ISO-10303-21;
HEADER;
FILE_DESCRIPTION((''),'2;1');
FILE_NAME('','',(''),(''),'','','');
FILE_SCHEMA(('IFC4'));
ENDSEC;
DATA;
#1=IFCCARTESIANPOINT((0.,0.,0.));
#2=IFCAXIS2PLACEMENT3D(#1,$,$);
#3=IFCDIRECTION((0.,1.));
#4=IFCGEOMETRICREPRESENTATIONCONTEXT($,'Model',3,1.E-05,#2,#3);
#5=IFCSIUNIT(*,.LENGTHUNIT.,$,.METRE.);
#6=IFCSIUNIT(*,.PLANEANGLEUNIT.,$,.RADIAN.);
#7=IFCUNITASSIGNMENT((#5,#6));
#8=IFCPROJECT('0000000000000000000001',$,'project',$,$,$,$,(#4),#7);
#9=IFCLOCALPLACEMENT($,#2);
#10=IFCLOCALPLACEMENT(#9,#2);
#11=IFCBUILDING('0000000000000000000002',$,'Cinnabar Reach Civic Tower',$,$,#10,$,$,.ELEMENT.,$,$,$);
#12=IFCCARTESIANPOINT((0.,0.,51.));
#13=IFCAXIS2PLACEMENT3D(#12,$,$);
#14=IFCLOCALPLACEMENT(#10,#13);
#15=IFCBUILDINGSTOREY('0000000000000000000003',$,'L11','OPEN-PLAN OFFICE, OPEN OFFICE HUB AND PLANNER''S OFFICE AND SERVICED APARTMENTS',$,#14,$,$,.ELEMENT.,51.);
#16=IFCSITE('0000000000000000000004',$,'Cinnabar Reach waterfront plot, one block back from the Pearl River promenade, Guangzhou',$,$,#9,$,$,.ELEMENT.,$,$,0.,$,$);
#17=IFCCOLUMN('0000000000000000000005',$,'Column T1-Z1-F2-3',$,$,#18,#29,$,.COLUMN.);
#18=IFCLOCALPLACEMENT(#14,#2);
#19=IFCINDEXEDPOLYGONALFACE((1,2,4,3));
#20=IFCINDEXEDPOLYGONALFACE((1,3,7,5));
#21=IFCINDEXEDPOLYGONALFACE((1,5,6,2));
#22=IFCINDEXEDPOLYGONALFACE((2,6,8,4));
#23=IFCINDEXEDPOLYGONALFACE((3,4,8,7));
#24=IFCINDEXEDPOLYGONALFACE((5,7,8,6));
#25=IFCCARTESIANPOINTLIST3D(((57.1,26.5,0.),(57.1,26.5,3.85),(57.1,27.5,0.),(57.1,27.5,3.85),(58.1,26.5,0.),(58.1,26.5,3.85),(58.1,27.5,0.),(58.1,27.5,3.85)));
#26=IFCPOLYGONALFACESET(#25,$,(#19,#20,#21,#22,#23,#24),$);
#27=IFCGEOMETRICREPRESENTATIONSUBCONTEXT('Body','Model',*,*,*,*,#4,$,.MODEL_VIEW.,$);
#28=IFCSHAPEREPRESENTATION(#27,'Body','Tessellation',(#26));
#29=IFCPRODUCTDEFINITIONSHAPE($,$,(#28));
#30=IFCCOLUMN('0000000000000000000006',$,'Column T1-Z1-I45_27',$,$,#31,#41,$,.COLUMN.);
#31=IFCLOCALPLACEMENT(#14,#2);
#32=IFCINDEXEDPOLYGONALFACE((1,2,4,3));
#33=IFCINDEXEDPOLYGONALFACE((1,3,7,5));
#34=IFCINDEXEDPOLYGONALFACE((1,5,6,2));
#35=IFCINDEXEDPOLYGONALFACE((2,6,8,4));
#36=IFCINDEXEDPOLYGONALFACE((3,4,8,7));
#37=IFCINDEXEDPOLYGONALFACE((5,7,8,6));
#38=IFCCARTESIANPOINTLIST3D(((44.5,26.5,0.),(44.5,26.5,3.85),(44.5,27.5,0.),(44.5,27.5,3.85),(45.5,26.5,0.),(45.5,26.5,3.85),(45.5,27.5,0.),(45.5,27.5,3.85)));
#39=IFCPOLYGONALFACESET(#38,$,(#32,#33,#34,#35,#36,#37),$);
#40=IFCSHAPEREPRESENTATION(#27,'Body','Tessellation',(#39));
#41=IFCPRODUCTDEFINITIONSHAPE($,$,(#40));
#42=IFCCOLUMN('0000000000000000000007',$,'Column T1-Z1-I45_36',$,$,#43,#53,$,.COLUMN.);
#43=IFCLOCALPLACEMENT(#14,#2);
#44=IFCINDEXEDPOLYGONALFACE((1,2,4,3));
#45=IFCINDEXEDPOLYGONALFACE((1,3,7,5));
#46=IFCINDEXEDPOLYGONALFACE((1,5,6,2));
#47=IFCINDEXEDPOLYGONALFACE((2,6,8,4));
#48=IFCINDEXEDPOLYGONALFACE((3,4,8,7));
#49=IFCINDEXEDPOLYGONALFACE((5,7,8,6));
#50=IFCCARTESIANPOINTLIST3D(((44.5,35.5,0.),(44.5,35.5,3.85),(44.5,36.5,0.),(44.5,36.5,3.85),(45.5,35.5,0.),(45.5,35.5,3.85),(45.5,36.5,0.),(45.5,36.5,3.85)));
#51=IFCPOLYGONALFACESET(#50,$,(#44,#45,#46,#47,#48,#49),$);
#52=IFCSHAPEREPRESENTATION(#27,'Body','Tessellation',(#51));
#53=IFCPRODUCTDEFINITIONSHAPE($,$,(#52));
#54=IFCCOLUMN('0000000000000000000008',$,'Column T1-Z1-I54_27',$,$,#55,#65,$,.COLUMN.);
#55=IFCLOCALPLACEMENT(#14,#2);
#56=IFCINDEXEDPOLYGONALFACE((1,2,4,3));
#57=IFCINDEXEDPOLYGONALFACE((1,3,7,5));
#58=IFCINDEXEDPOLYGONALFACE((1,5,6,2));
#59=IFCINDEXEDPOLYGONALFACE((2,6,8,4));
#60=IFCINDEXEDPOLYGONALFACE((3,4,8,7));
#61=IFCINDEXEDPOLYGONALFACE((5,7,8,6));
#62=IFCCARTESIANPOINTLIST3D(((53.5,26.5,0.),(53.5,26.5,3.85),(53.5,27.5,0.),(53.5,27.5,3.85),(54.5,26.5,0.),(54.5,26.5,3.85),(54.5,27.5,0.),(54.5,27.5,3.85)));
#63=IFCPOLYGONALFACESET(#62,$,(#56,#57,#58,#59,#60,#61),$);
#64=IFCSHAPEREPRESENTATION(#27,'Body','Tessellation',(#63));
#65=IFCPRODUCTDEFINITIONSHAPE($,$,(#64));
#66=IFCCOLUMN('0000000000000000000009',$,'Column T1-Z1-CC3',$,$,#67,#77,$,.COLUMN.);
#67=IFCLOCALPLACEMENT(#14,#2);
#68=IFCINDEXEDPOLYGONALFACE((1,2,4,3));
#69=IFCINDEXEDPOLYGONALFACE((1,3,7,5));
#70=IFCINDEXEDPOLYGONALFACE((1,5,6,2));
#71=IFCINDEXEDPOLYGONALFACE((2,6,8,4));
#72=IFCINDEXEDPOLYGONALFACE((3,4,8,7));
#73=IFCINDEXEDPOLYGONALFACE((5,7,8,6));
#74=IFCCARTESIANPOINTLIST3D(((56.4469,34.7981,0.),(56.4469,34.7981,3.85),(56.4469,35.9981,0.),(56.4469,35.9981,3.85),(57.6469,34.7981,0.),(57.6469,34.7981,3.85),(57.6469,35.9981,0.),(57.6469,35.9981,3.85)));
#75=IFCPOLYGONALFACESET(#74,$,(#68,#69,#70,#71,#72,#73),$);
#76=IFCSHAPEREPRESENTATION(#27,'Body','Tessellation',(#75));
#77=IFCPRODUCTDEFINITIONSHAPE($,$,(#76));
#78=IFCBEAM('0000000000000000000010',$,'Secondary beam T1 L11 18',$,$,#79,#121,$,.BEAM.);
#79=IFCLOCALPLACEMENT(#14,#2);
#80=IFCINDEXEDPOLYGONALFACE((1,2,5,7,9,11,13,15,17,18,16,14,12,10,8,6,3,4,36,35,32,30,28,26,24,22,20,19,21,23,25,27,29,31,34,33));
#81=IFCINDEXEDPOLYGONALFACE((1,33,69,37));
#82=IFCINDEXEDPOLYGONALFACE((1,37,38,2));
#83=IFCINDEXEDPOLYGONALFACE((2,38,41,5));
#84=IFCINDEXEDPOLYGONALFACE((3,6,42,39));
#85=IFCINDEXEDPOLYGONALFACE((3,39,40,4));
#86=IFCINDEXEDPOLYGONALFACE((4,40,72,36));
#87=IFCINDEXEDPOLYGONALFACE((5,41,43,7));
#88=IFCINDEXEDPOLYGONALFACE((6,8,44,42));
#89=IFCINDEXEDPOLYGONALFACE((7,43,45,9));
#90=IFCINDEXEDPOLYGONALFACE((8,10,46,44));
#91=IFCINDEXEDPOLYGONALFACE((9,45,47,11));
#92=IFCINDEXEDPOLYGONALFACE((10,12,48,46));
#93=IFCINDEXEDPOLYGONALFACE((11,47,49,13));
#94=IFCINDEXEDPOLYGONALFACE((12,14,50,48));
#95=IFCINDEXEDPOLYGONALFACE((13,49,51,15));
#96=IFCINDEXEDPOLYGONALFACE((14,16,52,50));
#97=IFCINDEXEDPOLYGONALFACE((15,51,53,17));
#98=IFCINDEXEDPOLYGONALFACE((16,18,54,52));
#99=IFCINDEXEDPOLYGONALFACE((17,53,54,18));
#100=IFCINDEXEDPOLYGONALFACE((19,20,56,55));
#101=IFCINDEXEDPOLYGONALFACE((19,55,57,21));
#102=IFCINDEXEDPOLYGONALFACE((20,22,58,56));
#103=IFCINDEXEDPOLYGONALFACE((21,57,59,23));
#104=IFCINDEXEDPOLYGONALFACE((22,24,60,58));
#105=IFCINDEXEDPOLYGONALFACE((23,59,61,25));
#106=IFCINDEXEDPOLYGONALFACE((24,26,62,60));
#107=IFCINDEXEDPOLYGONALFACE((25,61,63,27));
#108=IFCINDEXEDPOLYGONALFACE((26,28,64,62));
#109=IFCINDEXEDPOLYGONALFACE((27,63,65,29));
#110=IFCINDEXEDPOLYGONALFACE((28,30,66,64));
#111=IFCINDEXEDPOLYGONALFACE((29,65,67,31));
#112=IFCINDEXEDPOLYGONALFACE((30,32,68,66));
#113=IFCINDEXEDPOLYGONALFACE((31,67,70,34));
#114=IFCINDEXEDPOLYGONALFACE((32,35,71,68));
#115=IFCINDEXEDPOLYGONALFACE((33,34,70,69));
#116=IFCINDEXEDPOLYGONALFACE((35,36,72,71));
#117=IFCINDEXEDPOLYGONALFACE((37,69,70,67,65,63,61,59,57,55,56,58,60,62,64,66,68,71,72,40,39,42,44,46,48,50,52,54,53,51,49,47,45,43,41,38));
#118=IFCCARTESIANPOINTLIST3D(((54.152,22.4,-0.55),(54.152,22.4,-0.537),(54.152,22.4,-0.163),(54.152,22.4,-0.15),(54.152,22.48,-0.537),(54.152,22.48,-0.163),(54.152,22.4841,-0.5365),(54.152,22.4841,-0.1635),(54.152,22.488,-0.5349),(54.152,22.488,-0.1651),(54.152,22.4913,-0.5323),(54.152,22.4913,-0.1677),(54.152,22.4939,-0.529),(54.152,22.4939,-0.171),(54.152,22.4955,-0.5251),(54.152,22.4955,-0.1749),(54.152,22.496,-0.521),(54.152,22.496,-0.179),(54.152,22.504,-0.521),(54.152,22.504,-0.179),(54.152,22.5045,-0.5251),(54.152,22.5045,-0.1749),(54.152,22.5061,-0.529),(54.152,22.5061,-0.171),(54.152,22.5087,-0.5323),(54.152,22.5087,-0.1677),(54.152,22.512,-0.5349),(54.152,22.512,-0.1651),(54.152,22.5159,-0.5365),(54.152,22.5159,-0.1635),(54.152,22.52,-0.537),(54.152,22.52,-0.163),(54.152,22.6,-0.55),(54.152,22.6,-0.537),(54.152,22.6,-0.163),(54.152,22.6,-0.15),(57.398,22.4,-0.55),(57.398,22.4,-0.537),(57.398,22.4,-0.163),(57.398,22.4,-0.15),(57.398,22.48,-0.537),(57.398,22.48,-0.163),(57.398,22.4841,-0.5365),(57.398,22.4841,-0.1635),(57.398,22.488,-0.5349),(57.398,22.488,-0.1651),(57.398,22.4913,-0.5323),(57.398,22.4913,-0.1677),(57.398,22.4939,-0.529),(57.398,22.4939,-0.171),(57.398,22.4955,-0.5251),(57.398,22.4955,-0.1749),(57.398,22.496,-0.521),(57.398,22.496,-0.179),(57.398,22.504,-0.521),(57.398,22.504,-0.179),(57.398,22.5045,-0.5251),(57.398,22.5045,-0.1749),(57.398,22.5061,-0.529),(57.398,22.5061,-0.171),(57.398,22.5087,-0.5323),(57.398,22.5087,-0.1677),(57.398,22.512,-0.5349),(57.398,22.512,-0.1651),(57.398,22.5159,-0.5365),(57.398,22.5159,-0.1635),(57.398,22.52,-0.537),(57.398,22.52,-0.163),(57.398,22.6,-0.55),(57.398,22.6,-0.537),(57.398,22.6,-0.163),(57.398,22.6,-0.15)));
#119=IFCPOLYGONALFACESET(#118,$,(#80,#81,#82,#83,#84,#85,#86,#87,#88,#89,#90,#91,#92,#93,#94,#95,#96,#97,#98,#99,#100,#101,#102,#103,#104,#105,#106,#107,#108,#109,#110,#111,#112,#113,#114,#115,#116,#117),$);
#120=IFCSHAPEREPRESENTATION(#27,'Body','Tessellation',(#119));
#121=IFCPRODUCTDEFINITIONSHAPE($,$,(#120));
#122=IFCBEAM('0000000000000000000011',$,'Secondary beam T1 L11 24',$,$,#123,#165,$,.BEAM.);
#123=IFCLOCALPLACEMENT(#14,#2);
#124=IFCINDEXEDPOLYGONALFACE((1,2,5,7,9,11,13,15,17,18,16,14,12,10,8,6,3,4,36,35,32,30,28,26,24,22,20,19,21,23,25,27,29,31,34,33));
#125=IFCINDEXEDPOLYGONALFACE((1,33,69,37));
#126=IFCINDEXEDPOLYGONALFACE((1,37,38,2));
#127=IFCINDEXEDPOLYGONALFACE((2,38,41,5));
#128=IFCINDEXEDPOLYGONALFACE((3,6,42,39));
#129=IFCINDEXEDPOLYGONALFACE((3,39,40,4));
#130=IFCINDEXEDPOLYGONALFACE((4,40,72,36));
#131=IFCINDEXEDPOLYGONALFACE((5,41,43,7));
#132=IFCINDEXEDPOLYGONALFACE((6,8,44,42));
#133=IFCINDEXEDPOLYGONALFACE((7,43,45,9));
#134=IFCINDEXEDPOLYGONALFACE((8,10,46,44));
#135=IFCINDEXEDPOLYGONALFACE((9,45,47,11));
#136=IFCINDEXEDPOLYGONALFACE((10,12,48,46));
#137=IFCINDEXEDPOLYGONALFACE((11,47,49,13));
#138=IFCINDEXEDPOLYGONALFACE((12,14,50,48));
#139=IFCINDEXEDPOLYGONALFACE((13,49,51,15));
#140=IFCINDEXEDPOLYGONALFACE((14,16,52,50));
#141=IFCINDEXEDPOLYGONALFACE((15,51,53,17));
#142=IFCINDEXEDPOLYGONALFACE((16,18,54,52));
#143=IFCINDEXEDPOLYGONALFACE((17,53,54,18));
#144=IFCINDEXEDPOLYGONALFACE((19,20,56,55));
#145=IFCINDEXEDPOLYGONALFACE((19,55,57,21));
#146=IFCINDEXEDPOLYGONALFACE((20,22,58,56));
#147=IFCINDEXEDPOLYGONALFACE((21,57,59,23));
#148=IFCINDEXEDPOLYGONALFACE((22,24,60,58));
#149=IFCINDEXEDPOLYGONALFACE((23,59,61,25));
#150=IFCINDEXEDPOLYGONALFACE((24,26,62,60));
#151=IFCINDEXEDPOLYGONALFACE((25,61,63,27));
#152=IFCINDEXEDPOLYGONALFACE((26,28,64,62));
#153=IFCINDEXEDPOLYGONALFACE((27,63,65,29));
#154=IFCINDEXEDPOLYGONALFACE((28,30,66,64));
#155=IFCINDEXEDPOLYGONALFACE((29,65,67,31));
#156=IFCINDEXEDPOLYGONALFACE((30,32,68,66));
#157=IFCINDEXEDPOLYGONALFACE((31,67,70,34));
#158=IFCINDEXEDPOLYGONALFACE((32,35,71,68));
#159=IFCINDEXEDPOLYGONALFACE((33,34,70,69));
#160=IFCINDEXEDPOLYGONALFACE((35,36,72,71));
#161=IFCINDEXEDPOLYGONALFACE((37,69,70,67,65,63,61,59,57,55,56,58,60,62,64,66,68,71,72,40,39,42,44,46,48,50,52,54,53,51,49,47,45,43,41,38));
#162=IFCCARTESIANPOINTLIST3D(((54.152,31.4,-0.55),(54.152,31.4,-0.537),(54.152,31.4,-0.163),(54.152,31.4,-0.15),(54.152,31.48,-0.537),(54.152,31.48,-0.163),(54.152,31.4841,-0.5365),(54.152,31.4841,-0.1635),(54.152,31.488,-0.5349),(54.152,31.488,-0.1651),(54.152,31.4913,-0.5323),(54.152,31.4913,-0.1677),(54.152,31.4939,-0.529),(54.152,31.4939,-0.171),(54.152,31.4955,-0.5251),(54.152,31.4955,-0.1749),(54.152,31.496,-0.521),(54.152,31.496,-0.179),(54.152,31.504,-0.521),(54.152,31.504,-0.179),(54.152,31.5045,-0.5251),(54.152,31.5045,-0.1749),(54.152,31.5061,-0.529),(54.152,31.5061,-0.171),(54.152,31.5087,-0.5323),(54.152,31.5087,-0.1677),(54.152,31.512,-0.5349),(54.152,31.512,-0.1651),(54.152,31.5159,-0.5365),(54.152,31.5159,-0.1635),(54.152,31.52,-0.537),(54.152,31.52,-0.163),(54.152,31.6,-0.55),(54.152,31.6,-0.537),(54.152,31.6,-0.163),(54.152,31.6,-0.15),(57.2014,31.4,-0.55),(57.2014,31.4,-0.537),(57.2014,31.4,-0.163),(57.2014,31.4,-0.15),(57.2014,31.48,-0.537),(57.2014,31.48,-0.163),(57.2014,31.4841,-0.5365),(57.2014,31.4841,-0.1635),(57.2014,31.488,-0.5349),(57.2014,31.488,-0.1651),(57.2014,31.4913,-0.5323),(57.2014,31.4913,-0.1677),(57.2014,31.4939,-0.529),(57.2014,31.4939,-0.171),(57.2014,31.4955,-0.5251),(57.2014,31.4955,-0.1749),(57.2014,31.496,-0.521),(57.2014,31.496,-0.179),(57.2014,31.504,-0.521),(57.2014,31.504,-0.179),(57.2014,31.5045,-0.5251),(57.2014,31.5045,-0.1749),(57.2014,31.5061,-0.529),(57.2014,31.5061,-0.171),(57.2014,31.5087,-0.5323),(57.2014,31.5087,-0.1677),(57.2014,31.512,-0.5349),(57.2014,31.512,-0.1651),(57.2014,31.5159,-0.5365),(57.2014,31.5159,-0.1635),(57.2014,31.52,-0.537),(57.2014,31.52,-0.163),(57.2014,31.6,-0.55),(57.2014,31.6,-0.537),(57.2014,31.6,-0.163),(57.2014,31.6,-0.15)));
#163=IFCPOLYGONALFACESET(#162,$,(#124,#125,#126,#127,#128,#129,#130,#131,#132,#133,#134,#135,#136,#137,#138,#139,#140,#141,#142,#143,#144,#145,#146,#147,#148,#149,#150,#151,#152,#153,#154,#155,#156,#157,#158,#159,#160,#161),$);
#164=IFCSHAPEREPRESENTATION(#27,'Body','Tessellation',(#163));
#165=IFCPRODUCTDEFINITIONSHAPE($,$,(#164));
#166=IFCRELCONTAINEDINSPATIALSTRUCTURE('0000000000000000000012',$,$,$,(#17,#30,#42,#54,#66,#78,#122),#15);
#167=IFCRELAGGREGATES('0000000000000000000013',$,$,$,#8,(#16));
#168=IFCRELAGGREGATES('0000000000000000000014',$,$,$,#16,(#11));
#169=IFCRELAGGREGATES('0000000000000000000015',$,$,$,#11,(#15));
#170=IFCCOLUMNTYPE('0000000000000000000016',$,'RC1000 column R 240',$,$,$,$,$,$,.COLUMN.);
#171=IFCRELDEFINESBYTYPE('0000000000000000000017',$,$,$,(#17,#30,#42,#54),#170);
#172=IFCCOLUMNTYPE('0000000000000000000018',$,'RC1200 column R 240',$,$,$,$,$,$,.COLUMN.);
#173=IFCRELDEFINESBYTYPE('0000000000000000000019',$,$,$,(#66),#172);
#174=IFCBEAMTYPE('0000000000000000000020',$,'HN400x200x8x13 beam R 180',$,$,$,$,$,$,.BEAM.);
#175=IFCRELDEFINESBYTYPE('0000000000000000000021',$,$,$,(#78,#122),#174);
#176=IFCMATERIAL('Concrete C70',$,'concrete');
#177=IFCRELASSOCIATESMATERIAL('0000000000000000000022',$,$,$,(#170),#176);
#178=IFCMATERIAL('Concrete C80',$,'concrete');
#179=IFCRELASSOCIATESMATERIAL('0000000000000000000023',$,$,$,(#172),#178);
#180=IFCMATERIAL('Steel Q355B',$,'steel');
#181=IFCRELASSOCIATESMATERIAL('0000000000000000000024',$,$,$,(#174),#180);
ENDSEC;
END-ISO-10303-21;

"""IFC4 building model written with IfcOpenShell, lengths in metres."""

from ifc_helpers import new_model, si_unit, direction, frame, origin, origin_2d, place, context, subcontext, project, spatial, rectangle, i_section, extrude, material, material_profile, profile_set, type_object, element, save


model = new_model("IFC4")

# Units and contexts
model_context = context("Model", 3, precision=1e-05, world=origin(), true_north=direction((0.0, 1.0)))
body_context = subcontext(model_context, "Body", "Model", "MODEL_VIEW")
ifc_project = project(units=[si_unit("LENGTHUNIT", "METRE"), si_unit("PLANEANGLEUNIT", "RADIAN")], contexts=[model_context])

# Site, building, storey
site_placement = place(None, origin())
site = spatial("IfcSite", under=ifc_project, at=site_placement, Name="Cinnabar Reach waterfront plot, one block back from the Pearl River promenade, Guangzhou", CompositionType="ELEMENT", RefElevation=0.0)
building_placement = place(site_placement, origin())
building = spatial("IfcBuilding", under=site, at=building_placement, Name="Cinnabar Reach Civic Tower", CompositionType="ELEMENT")
storey_placement = place(building_placement, frame((0.0, 0.0, 51.0)))
storey = spatial("IfcBuildingStorey", under=building, at=storey_placement, Name="L11", Description="OPEN-PLAN OFFICE, OPEN OFFICE HUB AND PLANNER'S OFFICE AND SERVICED APARTMENTS", CompositionType="ELEMENT", Elevation=51.0)

# Columns
ifc_material_1 = material(Name="Concrete C70", Category="concrete")
ifc_material_profile_1 = material_profile(ifc_material_1, rectangle(XDim=1.0, YDim=1.0, at=origin_2d()), Name="RC1000")
ifc_profile_set_1 = profile_set([ifc_material_profile_1], Name="Concrete C70")
column_type_1 = type_object("IfcColumnType", Name="RC1000 column R 240", PredefinedType="COLUMN", material=ifc_profile_set_1)
for number, where, z_axis, x_axis, name in (
    (1, (57.6, 27.0, 0.0), (0.0, 0.0, 1.0), (1.0, 0.0, 0.0), "Column T1-Z1-F2-3"),
    (2, (45.0, 27.0, 0.0), (0.0, 0.0, 1.0), (1.0, 0.0, 0.0), "Column T1-Z1-I45_27"),
    (3, (45.0, 36.0, 0.0), (0.0, 0.0, 1.0), (1.0, 0.0, 0.0), "Column T1-Z1-I45_36"),
    (4, (54.0, 27.0, 0.0), (0.0, 0.0, 1.0), (1.0, 0.0, 0.0), "Column T1-Z1-I54_27"),
):
    element("IfcColumn", number, at=place(storey_placement, frame(where, z_axis=z_axis, x_axis=x_axis)), inside=storey, type_object=column_type_1, Name=name, PredefinedType="COLUMN", context=body_context, shape_type="SweptSolid", body=[
        extrude(rectangle(XDim=1.0, YDim=1.0, at=origin_2d()), origin(), (0.0, 0.0, 1.0), 3.85),
    ])
ifc_material_2 = material(Name="Concrete C80", Category="concrete")
ifc_material_profile_2 = material_profile(ifc_material_2, rectangle(XDim=1.2, YDim=1.2, at=origin_2d()), Name="RC1200")
ifc_profile_set_2 = profile_set([ifc_material_profile_2], Name="Concrete C80")
column_type_2 = type_object("IfcColumnType", Name="RC1200 column R 240", PredefinedType="COLUMN", material=ifc_profile_set_2)
column_placement = place(storey_placement, frame((57.0469, 35.3981, 0.0), z_axis=(0.0, 0.0, 1.0), x_axis=(1.0, 0.0, 0.0)))
element("IfcColumn", 5, at=column_placement, inside=storey, type_object=column_type_2, Name="Column T1-Z1-CC3", PredefinedType="COLUMN", context=body_context, shape_type="SweptSolid", body=[
    extrude(rectangle(XDim=1.2, YDim=1.2, at=origin_2d()), origin(), (0.0, 0.0, 1.0), 3.85),
])

# Beams
ifc_material_3 = material(Name="Steel Q355B", Category="steel")
ifc_material_profile_3 = material_profile(ifc_material_3, i_section(OverallWidth=0.2, OverallDepth=0.4, WebThickness=0.008, FlangeThickness=0.013, FilletRadius=0.016, at=origin_2d()), Name="HN400x200x8x13")
ifc_profile_set_3 = profile_set([ifc_material_profile_3], Name="Steel Q355B")
beam_type_1 = type_object("IfcBeamType", Name="HN400x200x8x13 beam R 180", PredefinedType="BEAM", material=ifc_profile_set_3)
beam_1_placement = place(storey_placement, frame((54.152, 22.5, -0.35), z_axis=(1.0, 0.0, 0.0), x_axis=(0.0, 1.0, 0.0)))
element("IfcBeam", 6, at=beam_1_placement, inside=storey, type_object=beam_type_1, Name="Secondary beam T1 L11 18", PredefinedType="BEAM", context=body_context, shape_type="SweptSolid", body=[
    extrude(i_section(OverallWidth=0.2, OverallDepth=0.4, WebThickness=0.008, FlangeThickness=0.013, FilletRadius=0.016, at=origin_2d()), origin(), (0.0, 0.0, 1.0), 3.246),
])
beam_2_placement = place(storey_placement, frame((54.152, 31.5, -0.35), z_axis=(1.0, 0.0, 0.0), x_axis=(0.0, 1.0, 0.0)))
element("IfcBeam", 7, at=beam_2_placement, inside=storey, type_object=beam_type_1, Name="Secondary beam T1 L11 24", PredefinedType="BEAM", context=body_context, shape_type="SweptSolid", body=[
    extrude(i_section(OverallWidth=0.2, OverallDepth=0.4, WebThickness=0.008, FlangeThickness=0.013, FilletRadius=0.016, at=origin_2d()), origin(), (0.0, 0.0, 1.0), 3.0494),
])

save(model, "model.ifc")
